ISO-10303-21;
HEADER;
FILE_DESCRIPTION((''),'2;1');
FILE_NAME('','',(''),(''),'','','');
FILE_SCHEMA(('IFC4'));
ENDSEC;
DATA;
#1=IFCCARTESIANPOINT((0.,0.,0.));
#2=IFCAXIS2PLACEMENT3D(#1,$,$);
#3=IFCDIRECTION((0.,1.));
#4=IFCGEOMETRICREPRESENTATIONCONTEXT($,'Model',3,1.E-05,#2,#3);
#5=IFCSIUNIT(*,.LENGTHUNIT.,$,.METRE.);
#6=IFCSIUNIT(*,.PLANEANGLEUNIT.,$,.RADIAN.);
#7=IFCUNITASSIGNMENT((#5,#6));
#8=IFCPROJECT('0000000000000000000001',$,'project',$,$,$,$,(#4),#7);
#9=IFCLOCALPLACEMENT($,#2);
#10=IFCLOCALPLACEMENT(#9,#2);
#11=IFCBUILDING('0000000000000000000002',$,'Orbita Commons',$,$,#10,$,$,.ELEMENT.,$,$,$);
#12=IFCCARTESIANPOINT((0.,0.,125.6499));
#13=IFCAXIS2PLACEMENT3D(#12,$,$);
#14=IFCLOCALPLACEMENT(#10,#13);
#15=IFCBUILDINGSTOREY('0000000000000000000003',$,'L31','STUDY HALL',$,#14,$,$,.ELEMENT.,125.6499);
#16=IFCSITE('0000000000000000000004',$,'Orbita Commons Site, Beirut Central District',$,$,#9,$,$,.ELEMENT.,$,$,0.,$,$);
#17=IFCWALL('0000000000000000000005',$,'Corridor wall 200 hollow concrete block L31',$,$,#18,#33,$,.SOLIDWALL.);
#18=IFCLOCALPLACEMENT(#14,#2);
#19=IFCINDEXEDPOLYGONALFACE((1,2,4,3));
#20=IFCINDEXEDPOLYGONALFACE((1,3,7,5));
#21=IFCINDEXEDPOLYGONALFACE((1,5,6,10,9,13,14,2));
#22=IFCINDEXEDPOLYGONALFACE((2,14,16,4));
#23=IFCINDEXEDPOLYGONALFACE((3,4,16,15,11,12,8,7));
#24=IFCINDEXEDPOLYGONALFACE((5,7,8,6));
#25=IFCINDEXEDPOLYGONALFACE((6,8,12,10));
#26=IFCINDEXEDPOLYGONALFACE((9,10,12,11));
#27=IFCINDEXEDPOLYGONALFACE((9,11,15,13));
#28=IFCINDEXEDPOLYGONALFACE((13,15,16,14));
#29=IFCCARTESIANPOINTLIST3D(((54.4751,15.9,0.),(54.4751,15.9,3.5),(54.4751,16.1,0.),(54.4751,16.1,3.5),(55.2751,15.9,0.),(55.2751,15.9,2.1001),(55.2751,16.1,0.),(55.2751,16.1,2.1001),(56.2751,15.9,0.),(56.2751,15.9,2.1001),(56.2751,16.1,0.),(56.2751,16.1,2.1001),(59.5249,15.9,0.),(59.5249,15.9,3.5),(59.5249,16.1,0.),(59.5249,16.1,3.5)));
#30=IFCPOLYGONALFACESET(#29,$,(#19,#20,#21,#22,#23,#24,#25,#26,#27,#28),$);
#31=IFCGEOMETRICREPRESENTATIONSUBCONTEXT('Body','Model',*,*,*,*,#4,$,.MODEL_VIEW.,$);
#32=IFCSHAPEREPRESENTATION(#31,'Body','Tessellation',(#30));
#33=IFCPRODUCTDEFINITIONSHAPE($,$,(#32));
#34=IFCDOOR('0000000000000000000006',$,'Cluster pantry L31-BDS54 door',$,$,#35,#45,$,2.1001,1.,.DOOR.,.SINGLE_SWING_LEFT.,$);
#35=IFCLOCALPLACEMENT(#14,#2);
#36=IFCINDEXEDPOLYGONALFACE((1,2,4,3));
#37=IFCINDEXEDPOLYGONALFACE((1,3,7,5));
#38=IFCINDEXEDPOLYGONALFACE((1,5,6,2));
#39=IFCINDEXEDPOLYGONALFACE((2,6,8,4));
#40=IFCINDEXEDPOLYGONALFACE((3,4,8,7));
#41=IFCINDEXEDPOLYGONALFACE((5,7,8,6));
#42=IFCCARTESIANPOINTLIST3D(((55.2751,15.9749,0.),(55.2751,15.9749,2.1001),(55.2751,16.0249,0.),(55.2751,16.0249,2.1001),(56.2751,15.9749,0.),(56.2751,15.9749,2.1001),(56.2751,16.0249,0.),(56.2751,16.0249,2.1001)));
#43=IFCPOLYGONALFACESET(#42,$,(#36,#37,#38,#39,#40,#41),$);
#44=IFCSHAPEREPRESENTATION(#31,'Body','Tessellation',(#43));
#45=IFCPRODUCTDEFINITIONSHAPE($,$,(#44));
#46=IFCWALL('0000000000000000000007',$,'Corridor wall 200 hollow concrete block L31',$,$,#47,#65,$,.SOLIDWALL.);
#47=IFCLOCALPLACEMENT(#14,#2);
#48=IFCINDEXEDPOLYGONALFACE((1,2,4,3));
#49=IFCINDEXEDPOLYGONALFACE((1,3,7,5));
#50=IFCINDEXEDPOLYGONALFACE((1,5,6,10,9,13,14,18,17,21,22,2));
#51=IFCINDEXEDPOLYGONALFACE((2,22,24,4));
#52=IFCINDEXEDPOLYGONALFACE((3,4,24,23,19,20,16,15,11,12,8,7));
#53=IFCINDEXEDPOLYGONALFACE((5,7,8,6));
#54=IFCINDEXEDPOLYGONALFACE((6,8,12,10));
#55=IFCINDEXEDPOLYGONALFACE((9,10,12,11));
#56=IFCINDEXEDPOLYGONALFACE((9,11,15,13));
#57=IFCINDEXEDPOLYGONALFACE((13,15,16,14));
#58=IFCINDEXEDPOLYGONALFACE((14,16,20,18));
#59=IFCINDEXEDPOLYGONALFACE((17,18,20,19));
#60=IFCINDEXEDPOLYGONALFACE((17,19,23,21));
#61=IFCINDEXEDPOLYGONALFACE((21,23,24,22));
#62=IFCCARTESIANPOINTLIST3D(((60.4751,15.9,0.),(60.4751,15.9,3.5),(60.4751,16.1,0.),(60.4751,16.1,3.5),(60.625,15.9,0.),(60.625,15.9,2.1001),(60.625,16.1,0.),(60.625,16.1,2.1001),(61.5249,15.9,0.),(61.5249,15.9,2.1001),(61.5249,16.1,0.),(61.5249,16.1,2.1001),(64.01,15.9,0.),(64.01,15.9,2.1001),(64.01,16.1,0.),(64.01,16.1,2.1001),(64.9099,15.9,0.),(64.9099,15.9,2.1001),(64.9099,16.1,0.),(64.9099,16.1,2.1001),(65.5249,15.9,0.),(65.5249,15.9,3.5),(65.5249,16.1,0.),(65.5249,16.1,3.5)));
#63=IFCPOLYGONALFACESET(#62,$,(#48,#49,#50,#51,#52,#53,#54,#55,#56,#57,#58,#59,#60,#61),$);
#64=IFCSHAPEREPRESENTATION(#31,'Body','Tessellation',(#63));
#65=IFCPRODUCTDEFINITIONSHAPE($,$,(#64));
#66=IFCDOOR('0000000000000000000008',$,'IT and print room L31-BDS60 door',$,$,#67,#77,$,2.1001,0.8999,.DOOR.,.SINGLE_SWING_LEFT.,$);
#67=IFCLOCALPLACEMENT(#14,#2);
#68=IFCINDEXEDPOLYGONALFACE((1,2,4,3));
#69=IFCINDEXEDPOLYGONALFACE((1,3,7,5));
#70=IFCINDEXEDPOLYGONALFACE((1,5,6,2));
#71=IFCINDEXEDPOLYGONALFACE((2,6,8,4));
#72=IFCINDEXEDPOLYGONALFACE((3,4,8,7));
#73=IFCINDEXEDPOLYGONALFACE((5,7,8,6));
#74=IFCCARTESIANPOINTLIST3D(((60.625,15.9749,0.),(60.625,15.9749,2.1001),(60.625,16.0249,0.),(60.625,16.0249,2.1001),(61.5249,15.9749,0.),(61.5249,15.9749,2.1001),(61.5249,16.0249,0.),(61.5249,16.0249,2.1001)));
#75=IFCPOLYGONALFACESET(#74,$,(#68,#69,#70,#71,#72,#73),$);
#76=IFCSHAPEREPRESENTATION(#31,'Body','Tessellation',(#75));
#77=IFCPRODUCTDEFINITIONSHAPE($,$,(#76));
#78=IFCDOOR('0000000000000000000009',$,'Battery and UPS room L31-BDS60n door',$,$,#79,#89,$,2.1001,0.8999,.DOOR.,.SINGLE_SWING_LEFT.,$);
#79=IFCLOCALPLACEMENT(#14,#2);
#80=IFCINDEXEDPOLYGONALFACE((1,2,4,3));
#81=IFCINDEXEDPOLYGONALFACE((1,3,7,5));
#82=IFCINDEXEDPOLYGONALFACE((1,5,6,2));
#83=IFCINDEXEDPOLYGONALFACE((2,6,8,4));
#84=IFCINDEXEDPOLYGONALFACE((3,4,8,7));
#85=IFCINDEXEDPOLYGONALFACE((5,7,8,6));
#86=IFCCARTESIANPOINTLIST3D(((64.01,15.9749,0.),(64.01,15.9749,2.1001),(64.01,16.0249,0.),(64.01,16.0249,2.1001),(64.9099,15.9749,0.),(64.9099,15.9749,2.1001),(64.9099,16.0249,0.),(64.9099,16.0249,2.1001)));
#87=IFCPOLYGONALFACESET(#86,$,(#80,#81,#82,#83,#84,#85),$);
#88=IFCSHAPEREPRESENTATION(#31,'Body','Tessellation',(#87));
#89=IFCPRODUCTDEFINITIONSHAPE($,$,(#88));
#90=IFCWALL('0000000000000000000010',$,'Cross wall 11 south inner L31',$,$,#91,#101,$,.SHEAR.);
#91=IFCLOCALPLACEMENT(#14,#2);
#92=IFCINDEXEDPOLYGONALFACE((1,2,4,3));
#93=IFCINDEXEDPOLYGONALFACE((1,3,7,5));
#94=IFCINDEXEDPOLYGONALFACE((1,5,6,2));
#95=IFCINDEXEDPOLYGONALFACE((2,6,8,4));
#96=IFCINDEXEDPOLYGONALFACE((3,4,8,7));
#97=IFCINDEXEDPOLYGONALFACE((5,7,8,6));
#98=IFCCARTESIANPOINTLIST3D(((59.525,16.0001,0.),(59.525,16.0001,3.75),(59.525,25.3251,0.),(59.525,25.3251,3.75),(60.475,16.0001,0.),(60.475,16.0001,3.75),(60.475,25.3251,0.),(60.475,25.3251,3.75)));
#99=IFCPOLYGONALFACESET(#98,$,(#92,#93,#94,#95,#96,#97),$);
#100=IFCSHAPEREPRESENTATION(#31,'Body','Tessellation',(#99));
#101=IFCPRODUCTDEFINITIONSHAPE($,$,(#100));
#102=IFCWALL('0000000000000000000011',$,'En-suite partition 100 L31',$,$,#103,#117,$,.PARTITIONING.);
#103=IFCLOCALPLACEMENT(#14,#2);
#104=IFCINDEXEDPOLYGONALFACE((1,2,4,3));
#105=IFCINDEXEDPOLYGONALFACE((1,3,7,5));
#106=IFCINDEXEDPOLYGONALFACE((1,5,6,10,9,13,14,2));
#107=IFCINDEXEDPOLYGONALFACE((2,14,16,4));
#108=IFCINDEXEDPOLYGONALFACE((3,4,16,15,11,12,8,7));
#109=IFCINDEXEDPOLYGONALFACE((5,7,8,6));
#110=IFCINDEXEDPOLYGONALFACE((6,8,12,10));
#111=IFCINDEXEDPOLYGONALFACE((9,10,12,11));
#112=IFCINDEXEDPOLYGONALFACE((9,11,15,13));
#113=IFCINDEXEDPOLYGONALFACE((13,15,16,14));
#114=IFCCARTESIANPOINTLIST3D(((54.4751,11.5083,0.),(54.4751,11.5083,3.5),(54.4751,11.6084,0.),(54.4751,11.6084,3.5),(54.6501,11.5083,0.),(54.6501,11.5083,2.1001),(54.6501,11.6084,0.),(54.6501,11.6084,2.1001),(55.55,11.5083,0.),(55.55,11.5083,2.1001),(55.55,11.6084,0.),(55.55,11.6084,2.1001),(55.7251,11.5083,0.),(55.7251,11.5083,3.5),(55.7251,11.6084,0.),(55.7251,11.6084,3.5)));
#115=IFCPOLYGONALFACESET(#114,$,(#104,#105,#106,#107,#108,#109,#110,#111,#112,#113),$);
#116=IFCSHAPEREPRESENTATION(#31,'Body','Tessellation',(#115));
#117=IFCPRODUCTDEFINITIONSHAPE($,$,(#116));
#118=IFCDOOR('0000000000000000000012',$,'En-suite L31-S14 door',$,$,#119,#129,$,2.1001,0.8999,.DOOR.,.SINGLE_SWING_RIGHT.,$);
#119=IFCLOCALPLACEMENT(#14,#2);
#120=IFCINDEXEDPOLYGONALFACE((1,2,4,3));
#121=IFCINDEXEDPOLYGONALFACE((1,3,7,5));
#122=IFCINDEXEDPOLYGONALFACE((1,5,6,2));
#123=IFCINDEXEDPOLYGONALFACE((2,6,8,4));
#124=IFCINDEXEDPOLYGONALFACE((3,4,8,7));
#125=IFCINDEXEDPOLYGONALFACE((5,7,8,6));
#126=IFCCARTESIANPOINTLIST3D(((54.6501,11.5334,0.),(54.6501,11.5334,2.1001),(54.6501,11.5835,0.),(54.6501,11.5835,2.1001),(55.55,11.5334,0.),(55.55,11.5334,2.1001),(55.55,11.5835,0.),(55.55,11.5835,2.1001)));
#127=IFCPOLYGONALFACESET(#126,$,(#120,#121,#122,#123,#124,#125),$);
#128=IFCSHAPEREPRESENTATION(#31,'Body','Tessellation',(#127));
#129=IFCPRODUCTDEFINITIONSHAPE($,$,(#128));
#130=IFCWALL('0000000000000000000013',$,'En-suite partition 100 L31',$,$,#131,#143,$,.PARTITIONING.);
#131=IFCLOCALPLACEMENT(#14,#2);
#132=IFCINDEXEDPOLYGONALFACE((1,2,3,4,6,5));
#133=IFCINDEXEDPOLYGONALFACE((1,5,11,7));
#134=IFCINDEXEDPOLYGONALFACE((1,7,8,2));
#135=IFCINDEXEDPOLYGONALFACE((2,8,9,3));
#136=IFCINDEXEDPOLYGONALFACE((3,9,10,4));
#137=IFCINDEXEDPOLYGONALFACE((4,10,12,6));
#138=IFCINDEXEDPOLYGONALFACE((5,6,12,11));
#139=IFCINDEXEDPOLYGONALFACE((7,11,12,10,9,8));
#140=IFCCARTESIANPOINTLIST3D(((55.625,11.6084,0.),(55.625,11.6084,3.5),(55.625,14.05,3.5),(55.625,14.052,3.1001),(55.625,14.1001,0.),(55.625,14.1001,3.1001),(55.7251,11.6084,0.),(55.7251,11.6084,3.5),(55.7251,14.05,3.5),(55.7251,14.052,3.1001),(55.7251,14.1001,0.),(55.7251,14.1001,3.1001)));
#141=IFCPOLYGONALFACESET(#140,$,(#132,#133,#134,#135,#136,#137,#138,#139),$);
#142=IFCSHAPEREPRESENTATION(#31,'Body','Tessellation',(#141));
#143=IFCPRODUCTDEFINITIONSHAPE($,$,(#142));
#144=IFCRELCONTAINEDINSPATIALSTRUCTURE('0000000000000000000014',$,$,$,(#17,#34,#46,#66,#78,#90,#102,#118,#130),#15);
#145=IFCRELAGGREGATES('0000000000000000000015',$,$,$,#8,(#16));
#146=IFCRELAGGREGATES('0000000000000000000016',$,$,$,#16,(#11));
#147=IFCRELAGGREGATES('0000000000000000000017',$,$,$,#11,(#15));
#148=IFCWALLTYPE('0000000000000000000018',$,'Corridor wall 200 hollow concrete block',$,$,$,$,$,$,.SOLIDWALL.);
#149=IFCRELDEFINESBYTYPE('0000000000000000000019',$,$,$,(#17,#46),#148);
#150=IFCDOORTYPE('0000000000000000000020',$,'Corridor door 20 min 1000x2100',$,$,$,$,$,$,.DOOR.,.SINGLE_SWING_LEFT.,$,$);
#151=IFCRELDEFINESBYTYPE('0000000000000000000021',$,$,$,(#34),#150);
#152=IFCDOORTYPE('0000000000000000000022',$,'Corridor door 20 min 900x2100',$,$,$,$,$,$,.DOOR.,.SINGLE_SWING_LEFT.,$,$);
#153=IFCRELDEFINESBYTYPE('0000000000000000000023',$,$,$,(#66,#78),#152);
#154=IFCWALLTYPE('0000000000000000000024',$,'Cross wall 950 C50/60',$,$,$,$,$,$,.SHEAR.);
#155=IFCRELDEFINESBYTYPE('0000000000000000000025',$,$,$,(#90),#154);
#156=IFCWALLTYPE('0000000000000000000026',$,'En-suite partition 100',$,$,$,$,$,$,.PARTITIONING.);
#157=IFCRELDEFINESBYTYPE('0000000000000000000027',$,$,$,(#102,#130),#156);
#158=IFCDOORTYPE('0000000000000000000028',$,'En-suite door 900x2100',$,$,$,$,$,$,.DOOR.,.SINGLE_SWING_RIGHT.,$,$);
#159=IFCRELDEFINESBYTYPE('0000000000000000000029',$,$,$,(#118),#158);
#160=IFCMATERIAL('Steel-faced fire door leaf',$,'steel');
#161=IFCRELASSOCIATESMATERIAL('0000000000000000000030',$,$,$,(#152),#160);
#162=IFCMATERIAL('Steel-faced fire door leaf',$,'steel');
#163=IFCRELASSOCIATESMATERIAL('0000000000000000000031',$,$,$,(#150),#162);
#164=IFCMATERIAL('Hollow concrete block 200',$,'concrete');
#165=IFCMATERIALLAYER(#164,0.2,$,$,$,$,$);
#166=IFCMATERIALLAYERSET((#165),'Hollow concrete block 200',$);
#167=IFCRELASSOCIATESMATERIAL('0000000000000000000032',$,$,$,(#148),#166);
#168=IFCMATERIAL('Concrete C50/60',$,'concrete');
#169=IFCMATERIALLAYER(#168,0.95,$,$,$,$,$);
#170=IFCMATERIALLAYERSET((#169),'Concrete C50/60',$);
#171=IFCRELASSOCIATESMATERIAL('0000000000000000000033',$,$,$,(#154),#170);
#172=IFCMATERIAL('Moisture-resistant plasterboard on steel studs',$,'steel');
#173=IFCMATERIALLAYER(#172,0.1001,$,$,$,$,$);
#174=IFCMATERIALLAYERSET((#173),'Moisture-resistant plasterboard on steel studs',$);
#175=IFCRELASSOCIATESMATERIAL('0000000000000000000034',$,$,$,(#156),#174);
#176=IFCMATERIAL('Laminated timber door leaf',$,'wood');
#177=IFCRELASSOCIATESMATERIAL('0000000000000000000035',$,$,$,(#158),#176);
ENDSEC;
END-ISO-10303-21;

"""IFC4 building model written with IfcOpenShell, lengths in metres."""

from ifc_helpers import new_model, si_unit, direction, frame, frame_2d, origin, place, context, subcontext, project, spatial, polyline, rectangle, outline, extrude, material, layer, layer_set, type_object, element, fill, save


model = new_model("IFC4")

# Units and contexts
model_context = context("Model", 3, precision=1e-05, world=origin(), true_north=direction((0.0, 1.0)))
body_context = subcontext(model_context, "Body", "Model", "MODEL_VIEW")
ifc_project = project(units=[si_unit("LENGTHUNIT", "METRE"), si_unit("PLANEANGLEUNIT", "RADIAN")], contexts=[model_context])

# Site, building, storey
site_placement = place(None, origin())
site = spatial("IfcSite", under=ifc_project, at=site_placement, Name="Orbita Commons Site, Beirut Central District", CompositionType="ELEMENT", RefElevation=0.0)
building_placement = place(site_placement, origin())
building = spatial("IfcBuilding", under=site, at=building_placement, Name="Orbita Commons", CompositionType="ELEMENT")
storey_placement = place(building_placement, frame((0.0, 0.0, 125.6499)))
storey = spatial("IfcBuildingStorey", under=building, at=storey_placement, Name="L31", Description="STUDY HALL", CompositionType="ELEMENT", Elevation=125.6499)

# Shared definitions
ifc_material_1 = material(Name="Steel-faced fire door leaf", Category="steel")
door_type_1 = type_object("IfcDoorType", Name="Corridor door 20 min 900x2100", OperationType="SINGLE_SWING_LEFT", PredefinedType="DOOR", material=ifc_material_1)

# Wall, opening, door
ifc_material_2 = material(Name="Steel-faced fire door leaf", Category="steel")
door_type_2 = type_object("IfcDoorType", Name="Corridor door 20 min 1000x2100", OperationType="SINGLE_SWING_LEFT", PredefinedType="DOOR", material=ifc_material_2)
ifc_material_3 = material(Name="Hollow concrete block 200", Category="concrete")
ifc_layer_1 = layer(ifc_material_3, 0.2)
ifc_layer_set_1 = layer_set([ifc_layer_1], Name="Hollow concrete block 200")
wall_type_1 = type_object("IfcWallType", Name="Corridor wall 200 hollow concrete block", PredefinedType="SOLIDWALL", material=ifc_layer_set_1)
wall_1_placement = place(storey_placement, frame((54.4751, 16.0, 0.0), z_axis=(0.0, 0.0, 1.0), x_axis=(1.0, 0.0, 0.0)))
wall_1 = element("IfcWall", 1, at=wall_1_placement, inside=storey, type_object=wall_type_1, Name="Corridor wall 200 hollow concrete block L31", PredefinedType="SOLIDWALL", context=body_context, shape_type="SweptSolid", body=[
    extrude(rectangle(XDim=5.0498, YDim=0.2, at=frame_2d((2.5249, 0.0))), origin(), (0.0, 0.0, 1.0), 3.5),
])
opening_1_placement = place(wall_1_placement, frame((0.8, 0.0, 0.0)))
opening_1 = element("IfcOpeningElement", 2, at=opening_1_placement, cuts=wall_1, PredefinedType="OPENING", context=body_context, shape_type="SweptSolid", body=[
    extrude(rectangle(XDim=1.0, YDim=2.1001, at=frame_2d((0.5, 1.05))), frame((0.0, 0.1099, 0.0), z_axis=(0.0, -1.0, 0.0), x_axis=(1.0, 0.0, 0.0)), (0.0, 0.0, 1.0), 0.22),
])
door_1_placement = place(opening_1_placement, origin())
door_1 = element("IfcDoor", 3, at=door_1_placement, inside=storey, type_object=door_type_2, Name="Cluster pantry L31-BDS54 door", OperationType="SINGLE_SWING_LEFT", OverallHeight=2.1001, OverallWidth=1.0, PredefinedType="DOOR", context=body_context, shape_type="SweptSolid", body=[
    extrude(rectangle(XDim=1.0, YDim=2.1001, at=frame_2d((0.5, 1.05))), frame((0.0, 0.0249, 0.0), z_axis=(0.0, -1.0, 0.0), x_axis=(1.0, 0.0, 0.0)), (0.0, 0.0, 1.0), 0.05),
])
fill(opening_1, door_1)

# Wall, openings, doors
wall_2_placement = place(storey_placement, frame((60.4751, 16.0, 0.0), z_axis=(0.0, 0.0, 1.0), x_axis=(1.0, 0.0, 0.0)))
wall_2 = element("IfcWall", 4, at=wall_2_placement, inside=storey, type_object=wall_type_1, Name="Corridor wall 200 hollow concrete block L31", PredefinedType="SOLIDWALL", context=body_context, shape_type="SweptSolid", body=[
    extrude(rectangle(XDim=5.0498, YDim=0.2, at=frame_2d((2.5249, 0.0))), origin(), (0.0, 0.0, 1.0), 3.5),
])
opening_2_placement = place(wall_2_placement, frame((0.1499, 0.0, 0.0)))
opening_2 = element("IfcOpeningElement", 5, at=opening_2_placement, cuts=wall_2, PredefinedType="OPENING", context=body_context, shape_type="SweptSolid", body=[
    extrude(rectangle(XDim=0.8999, YDim=2.1001, at=frame_2d((0.45, 1.05))), frame((0.0, 0.1099, 0.0), z_axis=(0.0, -1.0, 0.0), x_axis=(1.0, 0.0, 0.0)), (0.0, 0.0, 1.0), 0.22),
])
opening_3_placement = place(wall_2_placement, frame((3.5349, 0.0, 0.0)))
opening_3 = element("IfcOpeningElement", 6, at=opening_3_placement, cuts=wall_2, PredefinedType="OPENING", context=body_context, shape_type="SweptSolid", body=[
    extrude(rectangle(XDim=0.8999, YDim=2.1001, at=frame_2d((0.45, 1.05))), frame((0.0, 0.1099, 0.0), z_axis=(0.0, -1.0, 0.0), x_axis=(1.0, 0.0, 0.0)), (0.0, 0.0, 1.0), 0.22),
])
door_2_placement = place(opening_2_placement, origin())
door_2 = element("IfcDoor", 7, at=door_2_placement, inside=storey, type_object=door_type_1, Name="IT and print room L31-BDS60 door", OperationType="SINGLE_SWING_LEFT", OverallHeight=2.1001, OverallWidth=0.8999, PredefinedType="DOOR", context=body_context, shape_type="SweptSolid", body=[
    extrude(rectangle(XDim=0.8999, YDim=2.1001, at=frame_2d((0.45, 1.05))), frame((0.0, 0.0249, 0.0), z_axis=(0.0, -1.0, 0.0), x_axis=(1.0, 0.0, 0.0)), (0.0, 0.0, 1.0), 0.05),
])
fill(opening_2, door_2)
door_3_placement = place(opening_3_placement, origin())
door_3 = element("IfcDoor", 8, at=door_3_placement, inside=storey, type_object=door_type_1, Name="Battery and UPS room L31-BDS60n door", OperationType="SINGLE_SWING_LEFT", OverallHeight=2.1001, OverallWidth=0.8999, PredefinedType="DOOR", context=body_context, shape_type="SweptSolid", body=[
    extrude(rectangle(XDim=0.8999, YDim=2.1001, at=frame_2d((0.45, 1.05))), frame((0.0, 0.0249, 0.0), z_axis=(0.0, -1.0, 0.0), x_axis=(1.0, 0.0, 0.0)), (0.0, 0.0, 1.0), 0.05),
])
fill(opening_3, door_3)

# Wall
ifc_material_4 = material(Name="Concrete C50/60", Category="concrete")
ifc_layer_2 = layer(ifc_material_4, 0.95)
ifc_layer_set_2 = layer_set([ifc_layer_2], Name="Concrete C50/60")
wall_type_2 = type_object("IfcWallType", Name="Cross wall 950 C50/60", PredefinedType="SHEAR", material=ifc_layer_set_2)
wall_3_placement = place(storey_placement, frame((60.0, 16.0, 0.0), z_axis=(0.0, 0.0, 1.0), x_axis=(0.0, 1.0, 0.0)))
element("IfcWall", 9, at=wall_3_placement, inside=storey, type_object=wall_type_2, Name="Cross wall 11 south inner L31", PredefinedType="SHEAR", context=body_context, shape_type="SweptSolid", body=[
    extrude(rectangle(XDim=9.325, YDim=0.95, at=frame_2d((4.6626, 0.0))), origin(), (0.0, 0.0, 1.0), 3.75),
])

# Wall, opening, door
ifc_material_5 = material(Name="Moisture-resistant plasterboard on steel studs", Category="steel")
ifc_layer_3 = layer(ifc_material_5, 0.1001)
ifc_layer_set_3 = layer_set([ifc_layer_3], Name="Moisture-resistant plasterboard on steel studs")
wall_type_3 = type_object("IfcWallType", Name="En-suite partition 100", PredefinedType="PARTITIONING", material=ifc_layer_set_3)
wall_4_placement = place(storey_placement, frame((55.7251, 11.5583, 0.0), z_axis=(0.0, 0.0, 1.0), x_axis=(-1.0, 0.0, 0.0)))
wall_4 = element("IfcWall", 10, at=wall_4_placement, inside=storey, type_object=wall_type_3, Name="En-suite partition 100 L31", PredefinedType="PARTITIONING", context=body_context, shape_type="SweptSolid", body=[
    extrude(rectangle(XDim=1.25, YDim=0.1001, at=frame_2d((0.625, 0.0))), origin(), (0.0, 0.0, 1.0), 3.5),
])
opening_4_placement = place(wall_4_placement, frame((0.175, 0.0, 0.0)))
opening_4 = element("IfcOpeningElement", 11, at=opening_4_placement, cuts=wall_4, PredefinedType="OPENING", context=body_context, shape_type="SweptSolid", body=[
    extrude(rectangle(XDim=0.8999, YDim=2.1001, at=frame_2d((0.45, 1.05))), frame((0.0, 0.0601, 0.0), z_axis=(0.0, -1.0, 0.0), x_axis=(1.0, 0.0, 0.0)), (0.0, 0.0, 1.0), 0.1201),
])
ifc_material_6 = material(Name="Laminated timber door leaf", Category="wood")
door_type_3 = type_object("IfcDoorType", Name="En-suite door 900x2100", OperationType="SINGLE_SWING_RIGHT", PredefinedType="DOOR", material=ifc_material_6)
door_4_placement = place(opening_4_placement, origin())
door_4 = element("IfcDoor", 12, at=door_4_placement, inside=storey, type_object=door_type_3, Name="En-suite L31-S14 door", OperationType="SINGLE_SWING_RIGHT", OverallHeight=2.1001, OverallWidth=0.8999, PredefinedType="DOOR", context=body_context, shape_type="SweptSolid", body=[
    extrude(rectangle(XDim=0.8999, YDim=2.1001, at=frame_2d((0.45, 1.05))), frame((0.0, 0.0249, 0.0), z_axis=(0.0, -1.0, 0.0), x_axis=(1.0, 0.0, 0.0)), (0.0, 0.0, 1.0), 0.05),
])
fill(opening_4, door_4)

# Wall
wall_5_placement = place(storey_placement, frame((55.675, 11.6084, 0.0), z_axis=(0.0, 0.0, 1.0), x_axis=(0.0, 1.0, 0.0)))
element("IfcWall", 13, at=wall_5_placement, inside=storey, type_object=wall_type_3, Name="En-suite partition 100 L31", PredefinedType="PARTITIONING", context=body_context, shape_type="SweptSolid", body=[
    extrude(outline(polyline([(0.0, 0.0), (2.4917, 0.0), (2.4917, 3.1001), (2.4436, 3.1001), (2.4417, 3.5), (0.0, 3.5), (0.0, 0.0)])), frame((0.0, 0.05, 0.0), z_axis=(0.0, -1.0, 0.0), x_axis=(1.0, 0.0, 0.0)), (0.0, 0.0, 1.0), 0.1001),
])

save(model, "model.ifc")
